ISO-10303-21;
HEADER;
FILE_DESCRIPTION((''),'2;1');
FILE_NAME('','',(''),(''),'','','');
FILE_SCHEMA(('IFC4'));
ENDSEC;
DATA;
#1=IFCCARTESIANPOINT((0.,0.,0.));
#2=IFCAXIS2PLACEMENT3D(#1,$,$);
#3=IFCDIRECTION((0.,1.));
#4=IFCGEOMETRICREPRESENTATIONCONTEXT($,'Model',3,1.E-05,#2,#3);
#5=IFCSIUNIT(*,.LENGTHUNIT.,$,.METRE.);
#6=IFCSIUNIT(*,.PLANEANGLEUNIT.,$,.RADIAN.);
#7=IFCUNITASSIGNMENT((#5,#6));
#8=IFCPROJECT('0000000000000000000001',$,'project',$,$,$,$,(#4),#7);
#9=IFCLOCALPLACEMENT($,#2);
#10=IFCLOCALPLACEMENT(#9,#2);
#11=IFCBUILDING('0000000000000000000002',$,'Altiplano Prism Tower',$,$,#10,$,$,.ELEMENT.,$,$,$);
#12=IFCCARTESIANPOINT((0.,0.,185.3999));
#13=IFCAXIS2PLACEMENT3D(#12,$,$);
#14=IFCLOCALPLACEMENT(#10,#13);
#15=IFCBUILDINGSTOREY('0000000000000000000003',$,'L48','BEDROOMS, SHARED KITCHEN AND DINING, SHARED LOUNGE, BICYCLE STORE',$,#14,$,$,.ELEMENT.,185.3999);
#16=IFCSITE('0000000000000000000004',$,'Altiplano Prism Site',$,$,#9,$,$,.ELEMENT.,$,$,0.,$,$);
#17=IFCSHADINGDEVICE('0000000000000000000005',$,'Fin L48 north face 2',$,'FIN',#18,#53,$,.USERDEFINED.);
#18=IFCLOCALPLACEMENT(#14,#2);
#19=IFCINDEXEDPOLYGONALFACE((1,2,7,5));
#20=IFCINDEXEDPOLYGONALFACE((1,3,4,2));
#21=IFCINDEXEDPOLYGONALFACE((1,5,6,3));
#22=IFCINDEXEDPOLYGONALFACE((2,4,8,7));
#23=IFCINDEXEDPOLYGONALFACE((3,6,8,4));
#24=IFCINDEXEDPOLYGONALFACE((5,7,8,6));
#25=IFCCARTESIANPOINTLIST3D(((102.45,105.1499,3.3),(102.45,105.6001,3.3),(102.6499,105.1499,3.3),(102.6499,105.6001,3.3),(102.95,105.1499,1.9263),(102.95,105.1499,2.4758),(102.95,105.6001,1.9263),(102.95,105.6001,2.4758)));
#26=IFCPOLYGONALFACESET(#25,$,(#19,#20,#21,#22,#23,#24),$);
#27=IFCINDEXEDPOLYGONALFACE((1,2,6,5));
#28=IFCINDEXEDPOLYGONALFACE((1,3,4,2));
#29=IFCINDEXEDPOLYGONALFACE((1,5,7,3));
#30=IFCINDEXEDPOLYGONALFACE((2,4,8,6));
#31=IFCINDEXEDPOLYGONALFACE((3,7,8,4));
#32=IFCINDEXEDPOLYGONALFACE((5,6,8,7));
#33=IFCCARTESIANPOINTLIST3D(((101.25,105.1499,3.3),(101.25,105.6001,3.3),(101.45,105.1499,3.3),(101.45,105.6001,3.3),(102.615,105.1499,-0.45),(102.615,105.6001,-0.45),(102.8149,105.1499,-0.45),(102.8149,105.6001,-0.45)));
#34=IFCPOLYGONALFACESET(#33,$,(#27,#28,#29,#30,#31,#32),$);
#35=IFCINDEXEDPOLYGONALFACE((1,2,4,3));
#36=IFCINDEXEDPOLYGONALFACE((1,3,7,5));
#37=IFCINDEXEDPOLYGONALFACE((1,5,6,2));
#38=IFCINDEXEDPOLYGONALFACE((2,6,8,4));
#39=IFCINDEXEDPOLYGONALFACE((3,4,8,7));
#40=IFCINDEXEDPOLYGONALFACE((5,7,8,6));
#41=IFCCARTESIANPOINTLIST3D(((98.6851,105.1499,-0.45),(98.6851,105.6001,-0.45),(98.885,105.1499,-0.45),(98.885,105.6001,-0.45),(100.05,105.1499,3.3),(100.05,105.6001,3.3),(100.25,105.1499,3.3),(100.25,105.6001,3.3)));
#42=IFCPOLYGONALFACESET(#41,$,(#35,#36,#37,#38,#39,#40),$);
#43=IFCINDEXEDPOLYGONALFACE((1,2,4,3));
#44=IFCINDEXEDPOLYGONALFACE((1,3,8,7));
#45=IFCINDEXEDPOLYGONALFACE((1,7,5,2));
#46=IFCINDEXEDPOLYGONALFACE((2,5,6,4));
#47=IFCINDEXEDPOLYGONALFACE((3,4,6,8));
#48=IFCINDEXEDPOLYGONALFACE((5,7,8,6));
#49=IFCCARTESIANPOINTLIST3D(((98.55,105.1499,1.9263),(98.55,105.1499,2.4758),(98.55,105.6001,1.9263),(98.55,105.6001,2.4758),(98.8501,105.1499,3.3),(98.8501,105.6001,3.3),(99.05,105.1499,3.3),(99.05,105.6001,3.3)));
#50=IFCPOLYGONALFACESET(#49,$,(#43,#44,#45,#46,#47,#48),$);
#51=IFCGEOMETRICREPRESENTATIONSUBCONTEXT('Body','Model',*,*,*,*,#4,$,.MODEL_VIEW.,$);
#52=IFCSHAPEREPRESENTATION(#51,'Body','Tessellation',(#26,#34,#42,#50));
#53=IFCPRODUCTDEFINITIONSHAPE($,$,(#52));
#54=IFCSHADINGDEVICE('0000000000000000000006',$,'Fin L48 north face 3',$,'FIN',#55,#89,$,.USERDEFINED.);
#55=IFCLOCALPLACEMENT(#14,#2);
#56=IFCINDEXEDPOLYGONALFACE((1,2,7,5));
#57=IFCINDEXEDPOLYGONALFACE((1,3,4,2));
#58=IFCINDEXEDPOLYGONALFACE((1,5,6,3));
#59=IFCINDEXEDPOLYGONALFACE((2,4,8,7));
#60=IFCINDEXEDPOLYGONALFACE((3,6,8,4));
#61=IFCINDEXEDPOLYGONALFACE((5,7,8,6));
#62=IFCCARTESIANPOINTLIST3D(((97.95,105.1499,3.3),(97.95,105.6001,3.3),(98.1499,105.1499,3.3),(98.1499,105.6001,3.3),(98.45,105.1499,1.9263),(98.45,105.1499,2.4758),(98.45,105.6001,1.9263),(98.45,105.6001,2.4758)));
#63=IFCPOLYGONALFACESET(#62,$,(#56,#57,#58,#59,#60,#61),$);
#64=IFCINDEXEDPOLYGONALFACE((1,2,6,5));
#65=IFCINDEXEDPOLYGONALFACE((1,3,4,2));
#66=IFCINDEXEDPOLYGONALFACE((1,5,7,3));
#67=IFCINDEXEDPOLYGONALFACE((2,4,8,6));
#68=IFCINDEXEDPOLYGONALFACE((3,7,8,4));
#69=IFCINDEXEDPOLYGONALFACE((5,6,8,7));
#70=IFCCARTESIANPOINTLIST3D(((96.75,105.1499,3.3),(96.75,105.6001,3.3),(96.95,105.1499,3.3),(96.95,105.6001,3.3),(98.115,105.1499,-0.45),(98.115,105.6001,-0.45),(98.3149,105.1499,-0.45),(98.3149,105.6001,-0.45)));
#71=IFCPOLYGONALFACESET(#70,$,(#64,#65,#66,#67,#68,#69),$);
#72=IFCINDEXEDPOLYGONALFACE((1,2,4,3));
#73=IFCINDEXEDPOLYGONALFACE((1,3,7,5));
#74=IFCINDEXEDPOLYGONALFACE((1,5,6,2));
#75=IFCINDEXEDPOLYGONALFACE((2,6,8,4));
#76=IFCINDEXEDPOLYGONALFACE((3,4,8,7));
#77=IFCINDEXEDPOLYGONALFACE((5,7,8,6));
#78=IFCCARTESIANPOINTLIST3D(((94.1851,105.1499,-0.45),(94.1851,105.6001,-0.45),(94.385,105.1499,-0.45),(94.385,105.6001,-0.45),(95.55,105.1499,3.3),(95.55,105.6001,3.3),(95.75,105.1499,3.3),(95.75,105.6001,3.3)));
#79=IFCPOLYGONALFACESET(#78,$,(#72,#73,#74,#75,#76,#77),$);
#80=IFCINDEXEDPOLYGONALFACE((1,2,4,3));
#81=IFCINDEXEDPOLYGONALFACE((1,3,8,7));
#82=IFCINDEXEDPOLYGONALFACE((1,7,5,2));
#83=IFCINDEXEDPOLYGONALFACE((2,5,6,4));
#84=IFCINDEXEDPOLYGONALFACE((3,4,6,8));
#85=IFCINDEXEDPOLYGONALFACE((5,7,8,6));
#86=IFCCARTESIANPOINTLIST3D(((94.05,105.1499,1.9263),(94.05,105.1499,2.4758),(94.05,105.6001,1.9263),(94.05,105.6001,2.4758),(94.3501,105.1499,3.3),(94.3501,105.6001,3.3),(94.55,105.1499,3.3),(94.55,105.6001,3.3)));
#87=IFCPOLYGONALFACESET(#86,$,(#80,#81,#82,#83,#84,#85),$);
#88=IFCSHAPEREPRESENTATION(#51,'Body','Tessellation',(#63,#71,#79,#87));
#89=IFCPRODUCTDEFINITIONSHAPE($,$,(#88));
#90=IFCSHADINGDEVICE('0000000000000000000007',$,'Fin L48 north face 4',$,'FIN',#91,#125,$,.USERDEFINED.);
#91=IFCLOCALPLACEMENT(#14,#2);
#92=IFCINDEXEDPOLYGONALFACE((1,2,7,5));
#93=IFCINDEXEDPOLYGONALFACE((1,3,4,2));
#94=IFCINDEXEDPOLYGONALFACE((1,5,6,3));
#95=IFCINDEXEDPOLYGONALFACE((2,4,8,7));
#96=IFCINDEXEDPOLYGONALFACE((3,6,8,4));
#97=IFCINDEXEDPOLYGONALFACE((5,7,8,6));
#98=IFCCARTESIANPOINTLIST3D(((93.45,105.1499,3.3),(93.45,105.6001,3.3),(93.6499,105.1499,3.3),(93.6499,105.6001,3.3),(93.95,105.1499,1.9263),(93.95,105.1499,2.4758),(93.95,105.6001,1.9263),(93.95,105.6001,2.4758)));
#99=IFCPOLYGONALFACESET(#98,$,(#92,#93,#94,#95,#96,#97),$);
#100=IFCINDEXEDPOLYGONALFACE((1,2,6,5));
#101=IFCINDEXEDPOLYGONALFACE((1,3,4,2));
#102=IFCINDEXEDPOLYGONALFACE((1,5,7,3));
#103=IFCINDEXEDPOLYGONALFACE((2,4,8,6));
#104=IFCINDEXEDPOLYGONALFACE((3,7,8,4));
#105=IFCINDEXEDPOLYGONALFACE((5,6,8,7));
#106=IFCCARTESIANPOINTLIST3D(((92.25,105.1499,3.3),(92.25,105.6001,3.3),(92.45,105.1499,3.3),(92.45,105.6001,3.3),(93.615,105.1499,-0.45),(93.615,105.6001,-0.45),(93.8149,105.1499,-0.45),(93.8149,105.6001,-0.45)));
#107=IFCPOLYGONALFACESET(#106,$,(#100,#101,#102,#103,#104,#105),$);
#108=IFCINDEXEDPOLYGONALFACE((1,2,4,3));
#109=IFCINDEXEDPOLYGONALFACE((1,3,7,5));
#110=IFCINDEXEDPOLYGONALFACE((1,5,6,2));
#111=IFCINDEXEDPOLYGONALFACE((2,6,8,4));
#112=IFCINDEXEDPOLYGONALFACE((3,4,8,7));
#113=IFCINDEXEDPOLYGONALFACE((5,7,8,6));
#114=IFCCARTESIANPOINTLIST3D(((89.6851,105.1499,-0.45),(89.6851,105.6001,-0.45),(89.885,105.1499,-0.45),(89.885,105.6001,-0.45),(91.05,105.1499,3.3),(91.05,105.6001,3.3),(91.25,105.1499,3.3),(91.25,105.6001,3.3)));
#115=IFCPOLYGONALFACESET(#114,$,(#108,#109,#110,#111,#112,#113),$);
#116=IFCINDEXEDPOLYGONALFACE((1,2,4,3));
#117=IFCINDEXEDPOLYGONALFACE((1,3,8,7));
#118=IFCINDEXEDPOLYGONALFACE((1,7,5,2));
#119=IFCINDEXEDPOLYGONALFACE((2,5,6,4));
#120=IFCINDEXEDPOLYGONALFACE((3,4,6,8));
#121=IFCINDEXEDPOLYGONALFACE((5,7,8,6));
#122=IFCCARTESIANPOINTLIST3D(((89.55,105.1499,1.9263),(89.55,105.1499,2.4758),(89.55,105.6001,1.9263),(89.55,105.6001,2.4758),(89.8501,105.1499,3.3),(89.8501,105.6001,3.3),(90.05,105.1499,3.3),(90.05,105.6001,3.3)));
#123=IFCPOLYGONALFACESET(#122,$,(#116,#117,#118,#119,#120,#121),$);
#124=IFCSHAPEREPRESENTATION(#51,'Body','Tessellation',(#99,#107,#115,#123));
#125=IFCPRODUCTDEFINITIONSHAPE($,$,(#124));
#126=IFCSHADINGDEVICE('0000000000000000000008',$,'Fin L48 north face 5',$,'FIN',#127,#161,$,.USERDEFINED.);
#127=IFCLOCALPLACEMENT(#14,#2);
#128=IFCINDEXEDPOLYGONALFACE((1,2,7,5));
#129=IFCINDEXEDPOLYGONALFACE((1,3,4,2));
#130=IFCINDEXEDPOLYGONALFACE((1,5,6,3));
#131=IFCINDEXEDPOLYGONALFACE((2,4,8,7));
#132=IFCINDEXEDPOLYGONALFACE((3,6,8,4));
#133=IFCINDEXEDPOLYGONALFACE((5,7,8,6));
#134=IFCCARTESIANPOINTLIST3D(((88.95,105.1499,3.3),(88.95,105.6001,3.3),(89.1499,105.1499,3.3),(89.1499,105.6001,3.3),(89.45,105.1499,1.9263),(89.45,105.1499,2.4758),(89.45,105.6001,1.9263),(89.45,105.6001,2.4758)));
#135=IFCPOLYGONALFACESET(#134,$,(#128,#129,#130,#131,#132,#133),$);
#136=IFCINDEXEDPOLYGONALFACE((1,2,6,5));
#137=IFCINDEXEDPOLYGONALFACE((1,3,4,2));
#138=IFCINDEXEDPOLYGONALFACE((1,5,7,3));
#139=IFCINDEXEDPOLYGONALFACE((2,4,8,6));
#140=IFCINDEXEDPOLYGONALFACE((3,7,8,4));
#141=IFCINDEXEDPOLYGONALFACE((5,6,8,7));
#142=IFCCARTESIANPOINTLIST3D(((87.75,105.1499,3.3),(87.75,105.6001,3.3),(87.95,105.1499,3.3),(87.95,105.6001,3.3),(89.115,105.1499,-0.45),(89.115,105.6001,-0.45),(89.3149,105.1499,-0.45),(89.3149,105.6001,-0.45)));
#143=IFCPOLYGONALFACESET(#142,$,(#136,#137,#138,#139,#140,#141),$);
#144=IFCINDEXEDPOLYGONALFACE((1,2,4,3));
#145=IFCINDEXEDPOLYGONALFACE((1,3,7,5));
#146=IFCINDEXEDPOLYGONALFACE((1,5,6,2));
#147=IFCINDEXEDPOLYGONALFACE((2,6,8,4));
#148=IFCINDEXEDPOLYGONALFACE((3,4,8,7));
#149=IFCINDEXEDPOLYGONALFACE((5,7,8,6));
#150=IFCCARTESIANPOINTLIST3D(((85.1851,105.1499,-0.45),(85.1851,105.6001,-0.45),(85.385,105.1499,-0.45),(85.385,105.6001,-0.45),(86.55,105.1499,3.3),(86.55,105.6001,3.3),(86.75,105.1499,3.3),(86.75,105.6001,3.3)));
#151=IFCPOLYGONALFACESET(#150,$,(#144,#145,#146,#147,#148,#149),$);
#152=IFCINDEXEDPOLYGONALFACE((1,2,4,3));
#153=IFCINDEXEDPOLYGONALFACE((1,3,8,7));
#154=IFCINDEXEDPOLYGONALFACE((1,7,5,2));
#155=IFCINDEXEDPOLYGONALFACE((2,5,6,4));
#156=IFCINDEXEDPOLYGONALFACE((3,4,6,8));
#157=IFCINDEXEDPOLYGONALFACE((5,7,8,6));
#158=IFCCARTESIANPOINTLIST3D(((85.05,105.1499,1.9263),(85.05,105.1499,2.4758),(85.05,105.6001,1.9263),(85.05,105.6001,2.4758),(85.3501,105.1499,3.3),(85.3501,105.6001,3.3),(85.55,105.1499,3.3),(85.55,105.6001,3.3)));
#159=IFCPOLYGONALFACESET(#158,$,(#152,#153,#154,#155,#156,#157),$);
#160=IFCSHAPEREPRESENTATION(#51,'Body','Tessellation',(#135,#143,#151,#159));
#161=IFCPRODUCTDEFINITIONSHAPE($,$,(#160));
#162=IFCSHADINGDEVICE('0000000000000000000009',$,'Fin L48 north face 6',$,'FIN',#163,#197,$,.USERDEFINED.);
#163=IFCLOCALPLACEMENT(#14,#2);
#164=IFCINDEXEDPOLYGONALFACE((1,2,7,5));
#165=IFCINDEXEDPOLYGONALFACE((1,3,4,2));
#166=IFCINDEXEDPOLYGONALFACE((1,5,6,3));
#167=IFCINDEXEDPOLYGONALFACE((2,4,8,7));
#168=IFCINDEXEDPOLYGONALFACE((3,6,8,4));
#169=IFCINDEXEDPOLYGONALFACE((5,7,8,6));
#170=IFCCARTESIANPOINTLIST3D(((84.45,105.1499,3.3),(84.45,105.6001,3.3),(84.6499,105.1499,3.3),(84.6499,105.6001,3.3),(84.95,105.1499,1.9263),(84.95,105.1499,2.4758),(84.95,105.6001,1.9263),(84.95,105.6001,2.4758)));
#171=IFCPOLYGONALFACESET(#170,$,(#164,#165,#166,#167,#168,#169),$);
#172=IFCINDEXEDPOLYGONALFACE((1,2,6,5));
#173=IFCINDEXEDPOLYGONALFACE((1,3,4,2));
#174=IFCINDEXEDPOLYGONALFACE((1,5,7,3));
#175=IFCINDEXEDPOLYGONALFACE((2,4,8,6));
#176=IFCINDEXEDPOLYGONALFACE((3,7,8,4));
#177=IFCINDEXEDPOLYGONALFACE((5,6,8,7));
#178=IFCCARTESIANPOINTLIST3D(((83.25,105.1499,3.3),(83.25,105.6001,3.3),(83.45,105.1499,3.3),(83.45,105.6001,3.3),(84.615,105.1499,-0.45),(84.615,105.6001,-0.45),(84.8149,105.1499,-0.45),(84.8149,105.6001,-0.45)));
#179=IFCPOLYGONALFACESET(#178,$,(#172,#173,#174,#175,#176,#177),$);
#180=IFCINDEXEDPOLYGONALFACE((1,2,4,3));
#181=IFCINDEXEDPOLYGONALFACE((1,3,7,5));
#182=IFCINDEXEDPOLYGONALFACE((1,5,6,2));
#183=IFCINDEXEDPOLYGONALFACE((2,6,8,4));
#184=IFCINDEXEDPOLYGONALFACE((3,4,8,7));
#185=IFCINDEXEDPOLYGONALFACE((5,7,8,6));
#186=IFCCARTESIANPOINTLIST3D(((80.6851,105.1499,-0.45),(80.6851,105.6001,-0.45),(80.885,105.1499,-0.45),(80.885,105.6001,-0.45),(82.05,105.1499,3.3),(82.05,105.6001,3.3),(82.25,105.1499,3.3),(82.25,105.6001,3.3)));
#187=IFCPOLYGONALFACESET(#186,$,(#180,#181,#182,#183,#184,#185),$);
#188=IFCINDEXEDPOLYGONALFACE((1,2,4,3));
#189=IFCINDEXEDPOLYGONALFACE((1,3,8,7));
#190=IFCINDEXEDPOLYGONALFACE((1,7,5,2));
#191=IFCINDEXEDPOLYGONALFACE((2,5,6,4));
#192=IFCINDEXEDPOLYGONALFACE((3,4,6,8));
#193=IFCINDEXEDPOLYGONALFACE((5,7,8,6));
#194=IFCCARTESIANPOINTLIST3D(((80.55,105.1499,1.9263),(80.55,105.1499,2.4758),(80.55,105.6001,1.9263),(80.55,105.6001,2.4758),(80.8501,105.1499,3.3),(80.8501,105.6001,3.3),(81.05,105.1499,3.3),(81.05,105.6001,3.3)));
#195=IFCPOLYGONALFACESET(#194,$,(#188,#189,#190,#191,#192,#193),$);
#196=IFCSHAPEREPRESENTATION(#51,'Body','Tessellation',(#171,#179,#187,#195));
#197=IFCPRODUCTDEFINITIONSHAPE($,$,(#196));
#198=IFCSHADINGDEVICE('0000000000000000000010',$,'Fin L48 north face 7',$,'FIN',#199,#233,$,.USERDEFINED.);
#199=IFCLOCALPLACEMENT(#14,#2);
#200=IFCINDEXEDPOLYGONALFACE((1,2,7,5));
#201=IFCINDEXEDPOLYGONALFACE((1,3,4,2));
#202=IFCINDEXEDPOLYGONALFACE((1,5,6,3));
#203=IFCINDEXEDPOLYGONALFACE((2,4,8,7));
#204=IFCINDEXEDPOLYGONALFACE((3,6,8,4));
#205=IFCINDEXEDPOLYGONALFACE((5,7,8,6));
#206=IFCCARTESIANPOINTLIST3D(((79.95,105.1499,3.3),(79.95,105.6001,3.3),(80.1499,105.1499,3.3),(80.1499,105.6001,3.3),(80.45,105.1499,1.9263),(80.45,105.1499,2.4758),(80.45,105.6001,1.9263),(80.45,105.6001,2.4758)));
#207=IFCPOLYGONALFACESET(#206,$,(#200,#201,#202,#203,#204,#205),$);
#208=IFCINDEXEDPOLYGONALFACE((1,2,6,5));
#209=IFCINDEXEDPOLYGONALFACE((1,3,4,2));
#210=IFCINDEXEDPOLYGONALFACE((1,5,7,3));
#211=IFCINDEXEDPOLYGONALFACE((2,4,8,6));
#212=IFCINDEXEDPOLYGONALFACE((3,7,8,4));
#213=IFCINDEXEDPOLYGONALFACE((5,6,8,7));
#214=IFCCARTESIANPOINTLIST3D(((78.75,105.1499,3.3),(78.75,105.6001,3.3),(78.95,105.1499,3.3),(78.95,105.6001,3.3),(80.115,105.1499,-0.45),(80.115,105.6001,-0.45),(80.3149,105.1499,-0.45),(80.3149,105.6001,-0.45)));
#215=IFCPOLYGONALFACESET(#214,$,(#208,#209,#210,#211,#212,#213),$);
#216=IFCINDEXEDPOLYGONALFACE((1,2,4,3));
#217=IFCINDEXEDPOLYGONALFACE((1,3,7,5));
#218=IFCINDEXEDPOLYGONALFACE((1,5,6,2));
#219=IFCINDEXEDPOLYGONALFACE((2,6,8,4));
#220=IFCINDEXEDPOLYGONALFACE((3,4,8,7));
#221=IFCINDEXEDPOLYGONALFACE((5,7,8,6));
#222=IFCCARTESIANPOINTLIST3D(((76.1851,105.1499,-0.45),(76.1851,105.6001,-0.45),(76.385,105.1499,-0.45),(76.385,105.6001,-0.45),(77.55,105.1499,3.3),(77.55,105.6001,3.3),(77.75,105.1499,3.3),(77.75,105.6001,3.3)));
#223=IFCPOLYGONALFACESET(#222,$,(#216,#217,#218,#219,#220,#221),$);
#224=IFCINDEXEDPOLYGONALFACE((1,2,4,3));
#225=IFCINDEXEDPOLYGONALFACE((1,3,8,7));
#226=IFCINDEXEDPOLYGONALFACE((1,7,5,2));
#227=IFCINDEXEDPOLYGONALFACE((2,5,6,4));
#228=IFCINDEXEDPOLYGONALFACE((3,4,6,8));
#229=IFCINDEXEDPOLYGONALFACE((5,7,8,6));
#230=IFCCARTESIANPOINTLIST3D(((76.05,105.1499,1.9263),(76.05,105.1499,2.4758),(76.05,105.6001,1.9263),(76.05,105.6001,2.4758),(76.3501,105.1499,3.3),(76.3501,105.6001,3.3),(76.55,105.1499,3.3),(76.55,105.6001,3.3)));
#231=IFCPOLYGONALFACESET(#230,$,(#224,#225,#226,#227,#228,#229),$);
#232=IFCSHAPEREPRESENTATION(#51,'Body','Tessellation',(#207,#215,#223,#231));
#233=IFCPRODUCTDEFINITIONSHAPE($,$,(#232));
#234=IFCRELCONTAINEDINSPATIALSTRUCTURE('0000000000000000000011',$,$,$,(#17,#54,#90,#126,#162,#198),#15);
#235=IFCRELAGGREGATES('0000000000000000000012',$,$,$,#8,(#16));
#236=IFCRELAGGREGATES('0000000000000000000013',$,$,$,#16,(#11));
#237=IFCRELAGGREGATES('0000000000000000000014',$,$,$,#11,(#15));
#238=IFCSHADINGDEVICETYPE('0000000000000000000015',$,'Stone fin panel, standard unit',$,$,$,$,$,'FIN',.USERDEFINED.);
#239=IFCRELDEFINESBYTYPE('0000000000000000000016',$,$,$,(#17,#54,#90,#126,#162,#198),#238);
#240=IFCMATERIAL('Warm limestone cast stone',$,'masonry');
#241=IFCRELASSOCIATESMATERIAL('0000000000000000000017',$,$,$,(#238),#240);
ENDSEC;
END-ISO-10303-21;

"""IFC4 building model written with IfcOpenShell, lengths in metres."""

from ifc_helpers import new_model, si_unit, direction, frame, origin, place, context, subcontext, project, spatial, polyline, outline, extrude, source, transform, mapped, material, type_object, element, save


model = new_model("IFC4")

# Units and contexts
model_context = context("Model", 3, precision=1e-05, world=origin(), true_north=direction((0.0, 1.0)))
body_context = subcontext(model_context, "Body", "Model", "MODEL_VIEW")
ifc_project = project(units=[si_unit("LENGTHUNIT", "METRE"), si_unit("PLANEANGLEUNIT", "RADIAN")], contexts=[model_context])

# Site, building, storey
site_placement = place(None, origin())
site = spatial("IfcSite", under=ifc_project, at=site_placement, Name="Altiplano Prism Site", CompositionType="ELEMENT", RefElevation=0.0)
building_placement = place(site_placement, origin())
building = spatial("IfcBuilding", under=site, at=building_placement, Name="Altiplano Prism Tower", CompositionType="ELEMENT")
storey_placement = place(building_placement, frame((0.0, 0.0, 185.3999)))
storey = spatial("IfcBuildingStorey", under=building, at=storey_placement, Name="L48", Description="BEDROOMS, SHARED KITCHEN AND DINING, SHARED LOUNGE, BICYCLE STORE", CompositionType="ELEMENT", Elevation=185.3999)

# Shading devices
ifc_material_1 = material(Name="Warm limestone cast stone", Category="masonry")
shading_device_type_1 = type_object("IfcShadingDeviceType", Name="Stone fin panel, standard unit", ElementType="FIN", PredefinedType="USERDEFINED", material=ifc_material_1)
shared_shape_1 = source(origin(), body_context, "Body", "SweptSolid", [
    extrude(outline(polyline([(-2.2, 2.3762), (-1.7, 3.75), (-1.8999, 3.75), (-2.2, 2.9258), (-2.2, 2.3762)])), frame((0.0, -0.1499, 0.0), z_axis=(0.0, -1.0, 0.0), x_axis=(1.0, 0.0, 0.0)), (0.0, 0.0, 1.0), 0.4502),
    extrude(outline(polyline([(-2.0649, 0.0), (-1.865, 0.0), (-0.5, 3.75), (-0.7, 3.75), (-2.0649, 0.0)])), frame((0.0, -0.1499, 0.0), z_axis=(0.0, -1.0, 0.0), x_axis=(1.0, 0.0, 0.0)), (0.0, 0.0, 1.0), 0.4502),
    extrude(outline(polyline([(1.865, 0.0), (2.0649, 0.0), (0.7, 3.75), (0.5, 3.75), (1.865, 0.0)])), frame((0.0, -0.1499, 0.0), z_axis=(0.0, -1.0, 0.0), x_axis=(1.0, 0.0, 0.0)), (0.0, 0.0, 1.0), 0.4502),
    extrude(outline(polyline([(2.2, 2.9258), (1.8999, 3.75), (1.7, 3.75), (2.2, 2.3762), (2.2, 2.9258)])), frame((0.0, -0.1499, 0.0), z_axis=(0.0, -1.0, 0.0), x_axis=(1.0, 0.0, 0.0)), (0.0, 0.0, 1.0), 0.4502),
])
shading_device_1_placement = place(storey_placement, origin())
element("IfcShadingDevice", 1, at=shading_device_1_placement, inside=storey, type_object=shading_device_type_1, Name="Fin L48 north face 2", ObjectType="FIN", PredefinedType="USERDEFINED", context=body_context, shape_type="MappedRepresentation", body=[
    mapped(shared_shape_1, transform((100.75, 105.0, -0.45), x_axis=(-1.0, 0.0, 0.0), y_axis=(0.0, -1.0, 0.0), z_axis=(0.0, 0.0, 1.0))),
])
shading_device_2_placement = place(storey_placement, origin())
element("IfcShadingDevice", 2, at=shading_device_2_placement, inside=storey, type_object=shading_device_type_1, Name="Fin L48 north face 3", ObjectType="FIN", PredefinedType="USERDEFINED", context=body_context, shape_type="MappedRepresentation", body=[
    mapped(shared_shape_1, transform((96.25, 105.0, -0.45), x_axis=(-1.0, 0.0, 0.0), y_axis=(0.0, -1.0, 0.0), z_axis=(0.0, 0.0, 1.0))),
])
shading_device_3_placement = place(storey_placement, origin())
element("IfcShadingDevice", 3, at=shading_device_3_placement, inside=storey, type_object=shading_device_type_1, Name="Fin L48 north face 4", ObjectType="FIN", PredefinedType="USERDEFINED", context=body_context, shape_type="MappedRepresentation", body=[
    mapped(shared_shape_1, transform((91.75, 105.0, -0.45), x_axis=(-1.0, 0.0, 0.0), y_axis=(0.0, -1.0, 0.0), z_axis=(0.0, 0.0, 1.0))),
])
shading_device_4_placement = place(storey_placement, origin())
element("IfcShadingDevice", 4, at=shading_device_4_placement, inside=storey, type_object=shading_device_type_1, Name="Fin L48 north face 5", ObjectType="FIN", PredefinedType="USERDEFINED", context=body_context, shape_type="MappedRepresentation", body=[
    mapped(shared_shape_1, transform((87.25, 105.0, -0.45), x_axis=(-1.0, 0.0, 0.0), y_axis=(0.0, -1.0, 0.0), z_axis=(0.0, 0.0, 1.0))),
])
shading_device_5_placement = place(storey_placement, origin())
element("IfcShadingDevice", 5, at=shading_device_5_placement, inside=storey, type_object=shading_device_type_1, Name="Fin L48 north face 6", ObjectType="FIN", PredefinedType="USERDEFINED", context=body_context, shape_type="MappedRepresentation", body=[
    mapped(shared_shape_1, transform((82.75, 105.0, -0.45), x_axis=(-1.0, 0.0, 0.0), y_axis=(0.0, -1.0, 0.0), z_axis=(0.0, 0.0, 1.0))),
])
shading_device_6_placement = place(storey_placement, origin())
element("IfcShadingDevice", 6, at=shading_device_6_placement, inside=storey, type_object=shading_device_type_1, Name="Fin L48 north face 7", ObjectType="FIN", PredefinedType="USERDEFINED", context=body_context, shape_type="MappedRepresentation", body=[
    mapped(shared_shape_1, transform((78.25, 105.0, -0.45), x_axis=(-1.0, 0.0, 0.0), y_axis=(0.0, -1.0, 0.0), z_axis=(0.0, 0.0, 1.0))),
])

save(model, "model.ifc")
